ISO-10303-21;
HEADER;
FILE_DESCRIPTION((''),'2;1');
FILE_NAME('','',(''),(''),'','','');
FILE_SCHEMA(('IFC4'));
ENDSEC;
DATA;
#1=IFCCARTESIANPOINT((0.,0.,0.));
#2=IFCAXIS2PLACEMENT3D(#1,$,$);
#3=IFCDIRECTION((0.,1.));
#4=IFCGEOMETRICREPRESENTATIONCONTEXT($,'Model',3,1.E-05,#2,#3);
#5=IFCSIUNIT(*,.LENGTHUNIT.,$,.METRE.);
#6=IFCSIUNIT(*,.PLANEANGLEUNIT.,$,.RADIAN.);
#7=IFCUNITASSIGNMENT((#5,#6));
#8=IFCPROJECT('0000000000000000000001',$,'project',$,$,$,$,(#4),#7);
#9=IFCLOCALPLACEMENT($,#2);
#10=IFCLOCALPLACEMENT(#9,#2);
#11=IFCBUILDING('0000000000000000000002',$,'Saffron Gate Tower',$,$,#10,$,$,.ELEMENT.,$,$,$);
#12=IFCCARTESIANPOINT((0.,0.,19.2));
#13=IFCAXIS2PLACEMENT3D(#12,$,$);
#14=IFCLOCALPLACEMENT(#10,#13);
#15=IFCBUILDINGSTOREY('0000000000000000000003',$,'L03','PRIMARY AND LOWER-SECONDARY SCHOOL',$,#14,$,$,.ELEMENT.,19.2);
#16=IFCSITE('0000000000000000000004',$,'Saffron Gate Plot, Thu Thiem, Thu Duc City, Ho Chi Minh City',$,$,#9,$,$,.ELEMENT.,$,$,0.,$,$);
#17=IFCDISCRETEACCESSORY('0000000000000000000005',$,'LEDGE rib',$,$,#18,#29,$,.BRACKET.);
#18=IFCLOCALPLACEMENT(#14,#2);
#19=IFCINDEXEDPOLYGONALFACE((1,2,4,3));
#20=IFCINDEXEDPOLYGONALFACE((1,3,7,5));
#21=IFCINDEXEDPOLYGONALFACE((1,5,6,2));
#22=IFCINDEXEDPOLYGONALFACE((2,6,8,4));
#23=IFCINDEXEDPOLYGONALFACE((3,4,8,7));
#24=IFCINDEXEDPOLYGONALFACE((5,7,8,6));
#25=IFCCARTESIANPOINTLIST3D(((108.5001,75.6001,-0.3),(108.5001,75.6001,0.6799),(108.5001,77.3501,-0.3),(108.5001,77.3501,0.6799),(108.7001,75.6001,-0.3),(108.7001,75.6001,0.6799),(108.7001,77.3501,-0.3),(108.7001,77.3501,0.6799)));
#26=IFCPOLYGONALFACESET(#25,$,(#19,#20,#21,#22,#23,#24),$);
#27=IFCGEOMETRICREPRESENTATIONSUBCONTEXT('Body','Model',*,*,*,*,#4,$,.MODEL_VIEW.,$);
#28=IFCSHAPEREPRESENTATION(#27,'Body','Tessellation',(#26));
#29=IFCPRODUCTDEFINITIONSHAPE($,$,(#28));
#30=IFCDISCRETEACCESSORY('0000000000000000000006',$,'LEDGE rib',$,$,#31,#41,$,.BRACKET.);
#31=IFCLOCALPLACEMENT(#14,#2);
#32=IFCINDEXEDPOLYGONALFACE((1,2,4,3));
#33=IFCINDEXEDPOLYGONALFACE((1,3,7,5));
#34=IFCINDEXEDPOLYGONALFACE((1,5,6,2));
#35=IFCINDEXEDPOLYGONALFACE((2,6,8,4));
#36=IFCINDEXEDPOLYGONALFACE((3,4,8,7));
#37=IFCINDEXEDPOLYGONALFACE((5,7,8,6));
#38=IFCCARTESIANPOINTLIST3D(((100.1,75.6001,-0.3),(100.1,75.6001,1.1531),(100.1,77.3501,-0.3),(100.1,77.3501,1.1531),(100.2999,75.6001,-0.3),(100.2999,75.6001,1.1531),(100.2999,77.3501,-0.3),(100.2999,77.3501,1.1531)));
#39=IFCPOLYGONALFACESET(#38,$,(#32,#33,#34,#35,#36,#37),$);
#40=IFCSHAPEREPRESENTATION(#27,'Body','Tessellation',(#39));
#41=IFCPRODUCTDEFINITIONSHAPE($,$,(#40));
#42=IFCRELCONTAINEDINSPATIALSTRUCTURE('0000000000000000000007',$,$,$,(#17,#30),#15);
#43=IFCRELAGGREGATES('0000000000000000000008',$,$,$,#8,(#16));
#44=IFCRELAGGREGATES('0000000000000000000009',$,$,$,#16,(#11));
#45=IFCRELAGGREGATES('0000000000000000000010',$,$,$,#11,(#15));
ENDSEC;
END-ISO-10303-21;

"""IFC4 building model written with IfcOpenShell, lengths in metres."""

from ifc_helpers import new_model, si_unit, direction, frame, origin, origin_2d, place, context, subcontext, project, spatial, rectangle, extrude, element, save


model = new_model("IFC4")

# Units and contexts
model_context = context("Model", 3, precision=1e-05, world=origin(), true_north=direction((0.0, 1.0)))
body_context = subcontext(model_context, "Body", "Model", "MODEL_VIEW")
ifc_project = project(units=[si_unit("LENGTHUNIT", "METRE"), si_unit("PLANEANGLEUNIT", "RADIAN")], contexts=[model_context])

# Site, building, storey
site_placement = place(None, origin())
site = spatial("IfcSite", under=ifc_project, at=site_placement, Name="Saffron Gate Plot, Thu Thiem, Thu Duc City, Ho Chi Minh City", CompositionType="ELEMENT", RefElevation=0.0)
building_placement = place(site_placement, origin())
building = spatial("IfcBuilding", under=site, at=building_placement, Name="Saffron Gate Tower", CompositionType="ELEMENT")
storey_placement = place(building_placement, frame((0.0, 0.0, 19.2)))
storey = spatial("IfcBuildingStorey", under=building, at=storey_placement, Name="L03", Description="PRIMARY AND LOWER-SECONDARY SCHOOL", CompositionType="ELEMENT", Elevation=19.2)

# Discrete accessories
discrete_accessory_1_placement = place(storey_placement, frame((108.6001, 76.4751, -0.3), z_axis=(0.0, 0.0, 1.0), x_axis=(-1.0, 0.0, 0.0)))
element("IfcDiscreteAccessory", 1, at=discrete_accessory_1_placement, inside=storey, Name="LEDGE rib", PredefinedType="BRACKET", context=body_context, shape_type="SweptSolid", body=[
    extrude(rectangle(XDim=0.2, YDim=1.75, at=origin_2d()), origin(), (0.0, 0.0, 1.0), 0.98),
])
discrete_accessory_2_placement = place(storey_placement, frame((100.2, 76.4751, -0.3), z_axis=(0.0, 0.0, 1.0), x_axis=(-1.0, 0.0, 0.0)))
element("IfcDiscreteAccessory", 2, at=discrete_accessory_2_placement, inside=storey, Name="LEDGE rib", PredefinedType="BRACKET", context=body_context, shape_type="SweptSolid", body=[
    extrude(rectangle(XDim=0.2, YDim=1.75, at=origin_2d()), origin(), (0.0, 0.0, 1.0), 1.4531),
])

save(model, "model.ifc")
